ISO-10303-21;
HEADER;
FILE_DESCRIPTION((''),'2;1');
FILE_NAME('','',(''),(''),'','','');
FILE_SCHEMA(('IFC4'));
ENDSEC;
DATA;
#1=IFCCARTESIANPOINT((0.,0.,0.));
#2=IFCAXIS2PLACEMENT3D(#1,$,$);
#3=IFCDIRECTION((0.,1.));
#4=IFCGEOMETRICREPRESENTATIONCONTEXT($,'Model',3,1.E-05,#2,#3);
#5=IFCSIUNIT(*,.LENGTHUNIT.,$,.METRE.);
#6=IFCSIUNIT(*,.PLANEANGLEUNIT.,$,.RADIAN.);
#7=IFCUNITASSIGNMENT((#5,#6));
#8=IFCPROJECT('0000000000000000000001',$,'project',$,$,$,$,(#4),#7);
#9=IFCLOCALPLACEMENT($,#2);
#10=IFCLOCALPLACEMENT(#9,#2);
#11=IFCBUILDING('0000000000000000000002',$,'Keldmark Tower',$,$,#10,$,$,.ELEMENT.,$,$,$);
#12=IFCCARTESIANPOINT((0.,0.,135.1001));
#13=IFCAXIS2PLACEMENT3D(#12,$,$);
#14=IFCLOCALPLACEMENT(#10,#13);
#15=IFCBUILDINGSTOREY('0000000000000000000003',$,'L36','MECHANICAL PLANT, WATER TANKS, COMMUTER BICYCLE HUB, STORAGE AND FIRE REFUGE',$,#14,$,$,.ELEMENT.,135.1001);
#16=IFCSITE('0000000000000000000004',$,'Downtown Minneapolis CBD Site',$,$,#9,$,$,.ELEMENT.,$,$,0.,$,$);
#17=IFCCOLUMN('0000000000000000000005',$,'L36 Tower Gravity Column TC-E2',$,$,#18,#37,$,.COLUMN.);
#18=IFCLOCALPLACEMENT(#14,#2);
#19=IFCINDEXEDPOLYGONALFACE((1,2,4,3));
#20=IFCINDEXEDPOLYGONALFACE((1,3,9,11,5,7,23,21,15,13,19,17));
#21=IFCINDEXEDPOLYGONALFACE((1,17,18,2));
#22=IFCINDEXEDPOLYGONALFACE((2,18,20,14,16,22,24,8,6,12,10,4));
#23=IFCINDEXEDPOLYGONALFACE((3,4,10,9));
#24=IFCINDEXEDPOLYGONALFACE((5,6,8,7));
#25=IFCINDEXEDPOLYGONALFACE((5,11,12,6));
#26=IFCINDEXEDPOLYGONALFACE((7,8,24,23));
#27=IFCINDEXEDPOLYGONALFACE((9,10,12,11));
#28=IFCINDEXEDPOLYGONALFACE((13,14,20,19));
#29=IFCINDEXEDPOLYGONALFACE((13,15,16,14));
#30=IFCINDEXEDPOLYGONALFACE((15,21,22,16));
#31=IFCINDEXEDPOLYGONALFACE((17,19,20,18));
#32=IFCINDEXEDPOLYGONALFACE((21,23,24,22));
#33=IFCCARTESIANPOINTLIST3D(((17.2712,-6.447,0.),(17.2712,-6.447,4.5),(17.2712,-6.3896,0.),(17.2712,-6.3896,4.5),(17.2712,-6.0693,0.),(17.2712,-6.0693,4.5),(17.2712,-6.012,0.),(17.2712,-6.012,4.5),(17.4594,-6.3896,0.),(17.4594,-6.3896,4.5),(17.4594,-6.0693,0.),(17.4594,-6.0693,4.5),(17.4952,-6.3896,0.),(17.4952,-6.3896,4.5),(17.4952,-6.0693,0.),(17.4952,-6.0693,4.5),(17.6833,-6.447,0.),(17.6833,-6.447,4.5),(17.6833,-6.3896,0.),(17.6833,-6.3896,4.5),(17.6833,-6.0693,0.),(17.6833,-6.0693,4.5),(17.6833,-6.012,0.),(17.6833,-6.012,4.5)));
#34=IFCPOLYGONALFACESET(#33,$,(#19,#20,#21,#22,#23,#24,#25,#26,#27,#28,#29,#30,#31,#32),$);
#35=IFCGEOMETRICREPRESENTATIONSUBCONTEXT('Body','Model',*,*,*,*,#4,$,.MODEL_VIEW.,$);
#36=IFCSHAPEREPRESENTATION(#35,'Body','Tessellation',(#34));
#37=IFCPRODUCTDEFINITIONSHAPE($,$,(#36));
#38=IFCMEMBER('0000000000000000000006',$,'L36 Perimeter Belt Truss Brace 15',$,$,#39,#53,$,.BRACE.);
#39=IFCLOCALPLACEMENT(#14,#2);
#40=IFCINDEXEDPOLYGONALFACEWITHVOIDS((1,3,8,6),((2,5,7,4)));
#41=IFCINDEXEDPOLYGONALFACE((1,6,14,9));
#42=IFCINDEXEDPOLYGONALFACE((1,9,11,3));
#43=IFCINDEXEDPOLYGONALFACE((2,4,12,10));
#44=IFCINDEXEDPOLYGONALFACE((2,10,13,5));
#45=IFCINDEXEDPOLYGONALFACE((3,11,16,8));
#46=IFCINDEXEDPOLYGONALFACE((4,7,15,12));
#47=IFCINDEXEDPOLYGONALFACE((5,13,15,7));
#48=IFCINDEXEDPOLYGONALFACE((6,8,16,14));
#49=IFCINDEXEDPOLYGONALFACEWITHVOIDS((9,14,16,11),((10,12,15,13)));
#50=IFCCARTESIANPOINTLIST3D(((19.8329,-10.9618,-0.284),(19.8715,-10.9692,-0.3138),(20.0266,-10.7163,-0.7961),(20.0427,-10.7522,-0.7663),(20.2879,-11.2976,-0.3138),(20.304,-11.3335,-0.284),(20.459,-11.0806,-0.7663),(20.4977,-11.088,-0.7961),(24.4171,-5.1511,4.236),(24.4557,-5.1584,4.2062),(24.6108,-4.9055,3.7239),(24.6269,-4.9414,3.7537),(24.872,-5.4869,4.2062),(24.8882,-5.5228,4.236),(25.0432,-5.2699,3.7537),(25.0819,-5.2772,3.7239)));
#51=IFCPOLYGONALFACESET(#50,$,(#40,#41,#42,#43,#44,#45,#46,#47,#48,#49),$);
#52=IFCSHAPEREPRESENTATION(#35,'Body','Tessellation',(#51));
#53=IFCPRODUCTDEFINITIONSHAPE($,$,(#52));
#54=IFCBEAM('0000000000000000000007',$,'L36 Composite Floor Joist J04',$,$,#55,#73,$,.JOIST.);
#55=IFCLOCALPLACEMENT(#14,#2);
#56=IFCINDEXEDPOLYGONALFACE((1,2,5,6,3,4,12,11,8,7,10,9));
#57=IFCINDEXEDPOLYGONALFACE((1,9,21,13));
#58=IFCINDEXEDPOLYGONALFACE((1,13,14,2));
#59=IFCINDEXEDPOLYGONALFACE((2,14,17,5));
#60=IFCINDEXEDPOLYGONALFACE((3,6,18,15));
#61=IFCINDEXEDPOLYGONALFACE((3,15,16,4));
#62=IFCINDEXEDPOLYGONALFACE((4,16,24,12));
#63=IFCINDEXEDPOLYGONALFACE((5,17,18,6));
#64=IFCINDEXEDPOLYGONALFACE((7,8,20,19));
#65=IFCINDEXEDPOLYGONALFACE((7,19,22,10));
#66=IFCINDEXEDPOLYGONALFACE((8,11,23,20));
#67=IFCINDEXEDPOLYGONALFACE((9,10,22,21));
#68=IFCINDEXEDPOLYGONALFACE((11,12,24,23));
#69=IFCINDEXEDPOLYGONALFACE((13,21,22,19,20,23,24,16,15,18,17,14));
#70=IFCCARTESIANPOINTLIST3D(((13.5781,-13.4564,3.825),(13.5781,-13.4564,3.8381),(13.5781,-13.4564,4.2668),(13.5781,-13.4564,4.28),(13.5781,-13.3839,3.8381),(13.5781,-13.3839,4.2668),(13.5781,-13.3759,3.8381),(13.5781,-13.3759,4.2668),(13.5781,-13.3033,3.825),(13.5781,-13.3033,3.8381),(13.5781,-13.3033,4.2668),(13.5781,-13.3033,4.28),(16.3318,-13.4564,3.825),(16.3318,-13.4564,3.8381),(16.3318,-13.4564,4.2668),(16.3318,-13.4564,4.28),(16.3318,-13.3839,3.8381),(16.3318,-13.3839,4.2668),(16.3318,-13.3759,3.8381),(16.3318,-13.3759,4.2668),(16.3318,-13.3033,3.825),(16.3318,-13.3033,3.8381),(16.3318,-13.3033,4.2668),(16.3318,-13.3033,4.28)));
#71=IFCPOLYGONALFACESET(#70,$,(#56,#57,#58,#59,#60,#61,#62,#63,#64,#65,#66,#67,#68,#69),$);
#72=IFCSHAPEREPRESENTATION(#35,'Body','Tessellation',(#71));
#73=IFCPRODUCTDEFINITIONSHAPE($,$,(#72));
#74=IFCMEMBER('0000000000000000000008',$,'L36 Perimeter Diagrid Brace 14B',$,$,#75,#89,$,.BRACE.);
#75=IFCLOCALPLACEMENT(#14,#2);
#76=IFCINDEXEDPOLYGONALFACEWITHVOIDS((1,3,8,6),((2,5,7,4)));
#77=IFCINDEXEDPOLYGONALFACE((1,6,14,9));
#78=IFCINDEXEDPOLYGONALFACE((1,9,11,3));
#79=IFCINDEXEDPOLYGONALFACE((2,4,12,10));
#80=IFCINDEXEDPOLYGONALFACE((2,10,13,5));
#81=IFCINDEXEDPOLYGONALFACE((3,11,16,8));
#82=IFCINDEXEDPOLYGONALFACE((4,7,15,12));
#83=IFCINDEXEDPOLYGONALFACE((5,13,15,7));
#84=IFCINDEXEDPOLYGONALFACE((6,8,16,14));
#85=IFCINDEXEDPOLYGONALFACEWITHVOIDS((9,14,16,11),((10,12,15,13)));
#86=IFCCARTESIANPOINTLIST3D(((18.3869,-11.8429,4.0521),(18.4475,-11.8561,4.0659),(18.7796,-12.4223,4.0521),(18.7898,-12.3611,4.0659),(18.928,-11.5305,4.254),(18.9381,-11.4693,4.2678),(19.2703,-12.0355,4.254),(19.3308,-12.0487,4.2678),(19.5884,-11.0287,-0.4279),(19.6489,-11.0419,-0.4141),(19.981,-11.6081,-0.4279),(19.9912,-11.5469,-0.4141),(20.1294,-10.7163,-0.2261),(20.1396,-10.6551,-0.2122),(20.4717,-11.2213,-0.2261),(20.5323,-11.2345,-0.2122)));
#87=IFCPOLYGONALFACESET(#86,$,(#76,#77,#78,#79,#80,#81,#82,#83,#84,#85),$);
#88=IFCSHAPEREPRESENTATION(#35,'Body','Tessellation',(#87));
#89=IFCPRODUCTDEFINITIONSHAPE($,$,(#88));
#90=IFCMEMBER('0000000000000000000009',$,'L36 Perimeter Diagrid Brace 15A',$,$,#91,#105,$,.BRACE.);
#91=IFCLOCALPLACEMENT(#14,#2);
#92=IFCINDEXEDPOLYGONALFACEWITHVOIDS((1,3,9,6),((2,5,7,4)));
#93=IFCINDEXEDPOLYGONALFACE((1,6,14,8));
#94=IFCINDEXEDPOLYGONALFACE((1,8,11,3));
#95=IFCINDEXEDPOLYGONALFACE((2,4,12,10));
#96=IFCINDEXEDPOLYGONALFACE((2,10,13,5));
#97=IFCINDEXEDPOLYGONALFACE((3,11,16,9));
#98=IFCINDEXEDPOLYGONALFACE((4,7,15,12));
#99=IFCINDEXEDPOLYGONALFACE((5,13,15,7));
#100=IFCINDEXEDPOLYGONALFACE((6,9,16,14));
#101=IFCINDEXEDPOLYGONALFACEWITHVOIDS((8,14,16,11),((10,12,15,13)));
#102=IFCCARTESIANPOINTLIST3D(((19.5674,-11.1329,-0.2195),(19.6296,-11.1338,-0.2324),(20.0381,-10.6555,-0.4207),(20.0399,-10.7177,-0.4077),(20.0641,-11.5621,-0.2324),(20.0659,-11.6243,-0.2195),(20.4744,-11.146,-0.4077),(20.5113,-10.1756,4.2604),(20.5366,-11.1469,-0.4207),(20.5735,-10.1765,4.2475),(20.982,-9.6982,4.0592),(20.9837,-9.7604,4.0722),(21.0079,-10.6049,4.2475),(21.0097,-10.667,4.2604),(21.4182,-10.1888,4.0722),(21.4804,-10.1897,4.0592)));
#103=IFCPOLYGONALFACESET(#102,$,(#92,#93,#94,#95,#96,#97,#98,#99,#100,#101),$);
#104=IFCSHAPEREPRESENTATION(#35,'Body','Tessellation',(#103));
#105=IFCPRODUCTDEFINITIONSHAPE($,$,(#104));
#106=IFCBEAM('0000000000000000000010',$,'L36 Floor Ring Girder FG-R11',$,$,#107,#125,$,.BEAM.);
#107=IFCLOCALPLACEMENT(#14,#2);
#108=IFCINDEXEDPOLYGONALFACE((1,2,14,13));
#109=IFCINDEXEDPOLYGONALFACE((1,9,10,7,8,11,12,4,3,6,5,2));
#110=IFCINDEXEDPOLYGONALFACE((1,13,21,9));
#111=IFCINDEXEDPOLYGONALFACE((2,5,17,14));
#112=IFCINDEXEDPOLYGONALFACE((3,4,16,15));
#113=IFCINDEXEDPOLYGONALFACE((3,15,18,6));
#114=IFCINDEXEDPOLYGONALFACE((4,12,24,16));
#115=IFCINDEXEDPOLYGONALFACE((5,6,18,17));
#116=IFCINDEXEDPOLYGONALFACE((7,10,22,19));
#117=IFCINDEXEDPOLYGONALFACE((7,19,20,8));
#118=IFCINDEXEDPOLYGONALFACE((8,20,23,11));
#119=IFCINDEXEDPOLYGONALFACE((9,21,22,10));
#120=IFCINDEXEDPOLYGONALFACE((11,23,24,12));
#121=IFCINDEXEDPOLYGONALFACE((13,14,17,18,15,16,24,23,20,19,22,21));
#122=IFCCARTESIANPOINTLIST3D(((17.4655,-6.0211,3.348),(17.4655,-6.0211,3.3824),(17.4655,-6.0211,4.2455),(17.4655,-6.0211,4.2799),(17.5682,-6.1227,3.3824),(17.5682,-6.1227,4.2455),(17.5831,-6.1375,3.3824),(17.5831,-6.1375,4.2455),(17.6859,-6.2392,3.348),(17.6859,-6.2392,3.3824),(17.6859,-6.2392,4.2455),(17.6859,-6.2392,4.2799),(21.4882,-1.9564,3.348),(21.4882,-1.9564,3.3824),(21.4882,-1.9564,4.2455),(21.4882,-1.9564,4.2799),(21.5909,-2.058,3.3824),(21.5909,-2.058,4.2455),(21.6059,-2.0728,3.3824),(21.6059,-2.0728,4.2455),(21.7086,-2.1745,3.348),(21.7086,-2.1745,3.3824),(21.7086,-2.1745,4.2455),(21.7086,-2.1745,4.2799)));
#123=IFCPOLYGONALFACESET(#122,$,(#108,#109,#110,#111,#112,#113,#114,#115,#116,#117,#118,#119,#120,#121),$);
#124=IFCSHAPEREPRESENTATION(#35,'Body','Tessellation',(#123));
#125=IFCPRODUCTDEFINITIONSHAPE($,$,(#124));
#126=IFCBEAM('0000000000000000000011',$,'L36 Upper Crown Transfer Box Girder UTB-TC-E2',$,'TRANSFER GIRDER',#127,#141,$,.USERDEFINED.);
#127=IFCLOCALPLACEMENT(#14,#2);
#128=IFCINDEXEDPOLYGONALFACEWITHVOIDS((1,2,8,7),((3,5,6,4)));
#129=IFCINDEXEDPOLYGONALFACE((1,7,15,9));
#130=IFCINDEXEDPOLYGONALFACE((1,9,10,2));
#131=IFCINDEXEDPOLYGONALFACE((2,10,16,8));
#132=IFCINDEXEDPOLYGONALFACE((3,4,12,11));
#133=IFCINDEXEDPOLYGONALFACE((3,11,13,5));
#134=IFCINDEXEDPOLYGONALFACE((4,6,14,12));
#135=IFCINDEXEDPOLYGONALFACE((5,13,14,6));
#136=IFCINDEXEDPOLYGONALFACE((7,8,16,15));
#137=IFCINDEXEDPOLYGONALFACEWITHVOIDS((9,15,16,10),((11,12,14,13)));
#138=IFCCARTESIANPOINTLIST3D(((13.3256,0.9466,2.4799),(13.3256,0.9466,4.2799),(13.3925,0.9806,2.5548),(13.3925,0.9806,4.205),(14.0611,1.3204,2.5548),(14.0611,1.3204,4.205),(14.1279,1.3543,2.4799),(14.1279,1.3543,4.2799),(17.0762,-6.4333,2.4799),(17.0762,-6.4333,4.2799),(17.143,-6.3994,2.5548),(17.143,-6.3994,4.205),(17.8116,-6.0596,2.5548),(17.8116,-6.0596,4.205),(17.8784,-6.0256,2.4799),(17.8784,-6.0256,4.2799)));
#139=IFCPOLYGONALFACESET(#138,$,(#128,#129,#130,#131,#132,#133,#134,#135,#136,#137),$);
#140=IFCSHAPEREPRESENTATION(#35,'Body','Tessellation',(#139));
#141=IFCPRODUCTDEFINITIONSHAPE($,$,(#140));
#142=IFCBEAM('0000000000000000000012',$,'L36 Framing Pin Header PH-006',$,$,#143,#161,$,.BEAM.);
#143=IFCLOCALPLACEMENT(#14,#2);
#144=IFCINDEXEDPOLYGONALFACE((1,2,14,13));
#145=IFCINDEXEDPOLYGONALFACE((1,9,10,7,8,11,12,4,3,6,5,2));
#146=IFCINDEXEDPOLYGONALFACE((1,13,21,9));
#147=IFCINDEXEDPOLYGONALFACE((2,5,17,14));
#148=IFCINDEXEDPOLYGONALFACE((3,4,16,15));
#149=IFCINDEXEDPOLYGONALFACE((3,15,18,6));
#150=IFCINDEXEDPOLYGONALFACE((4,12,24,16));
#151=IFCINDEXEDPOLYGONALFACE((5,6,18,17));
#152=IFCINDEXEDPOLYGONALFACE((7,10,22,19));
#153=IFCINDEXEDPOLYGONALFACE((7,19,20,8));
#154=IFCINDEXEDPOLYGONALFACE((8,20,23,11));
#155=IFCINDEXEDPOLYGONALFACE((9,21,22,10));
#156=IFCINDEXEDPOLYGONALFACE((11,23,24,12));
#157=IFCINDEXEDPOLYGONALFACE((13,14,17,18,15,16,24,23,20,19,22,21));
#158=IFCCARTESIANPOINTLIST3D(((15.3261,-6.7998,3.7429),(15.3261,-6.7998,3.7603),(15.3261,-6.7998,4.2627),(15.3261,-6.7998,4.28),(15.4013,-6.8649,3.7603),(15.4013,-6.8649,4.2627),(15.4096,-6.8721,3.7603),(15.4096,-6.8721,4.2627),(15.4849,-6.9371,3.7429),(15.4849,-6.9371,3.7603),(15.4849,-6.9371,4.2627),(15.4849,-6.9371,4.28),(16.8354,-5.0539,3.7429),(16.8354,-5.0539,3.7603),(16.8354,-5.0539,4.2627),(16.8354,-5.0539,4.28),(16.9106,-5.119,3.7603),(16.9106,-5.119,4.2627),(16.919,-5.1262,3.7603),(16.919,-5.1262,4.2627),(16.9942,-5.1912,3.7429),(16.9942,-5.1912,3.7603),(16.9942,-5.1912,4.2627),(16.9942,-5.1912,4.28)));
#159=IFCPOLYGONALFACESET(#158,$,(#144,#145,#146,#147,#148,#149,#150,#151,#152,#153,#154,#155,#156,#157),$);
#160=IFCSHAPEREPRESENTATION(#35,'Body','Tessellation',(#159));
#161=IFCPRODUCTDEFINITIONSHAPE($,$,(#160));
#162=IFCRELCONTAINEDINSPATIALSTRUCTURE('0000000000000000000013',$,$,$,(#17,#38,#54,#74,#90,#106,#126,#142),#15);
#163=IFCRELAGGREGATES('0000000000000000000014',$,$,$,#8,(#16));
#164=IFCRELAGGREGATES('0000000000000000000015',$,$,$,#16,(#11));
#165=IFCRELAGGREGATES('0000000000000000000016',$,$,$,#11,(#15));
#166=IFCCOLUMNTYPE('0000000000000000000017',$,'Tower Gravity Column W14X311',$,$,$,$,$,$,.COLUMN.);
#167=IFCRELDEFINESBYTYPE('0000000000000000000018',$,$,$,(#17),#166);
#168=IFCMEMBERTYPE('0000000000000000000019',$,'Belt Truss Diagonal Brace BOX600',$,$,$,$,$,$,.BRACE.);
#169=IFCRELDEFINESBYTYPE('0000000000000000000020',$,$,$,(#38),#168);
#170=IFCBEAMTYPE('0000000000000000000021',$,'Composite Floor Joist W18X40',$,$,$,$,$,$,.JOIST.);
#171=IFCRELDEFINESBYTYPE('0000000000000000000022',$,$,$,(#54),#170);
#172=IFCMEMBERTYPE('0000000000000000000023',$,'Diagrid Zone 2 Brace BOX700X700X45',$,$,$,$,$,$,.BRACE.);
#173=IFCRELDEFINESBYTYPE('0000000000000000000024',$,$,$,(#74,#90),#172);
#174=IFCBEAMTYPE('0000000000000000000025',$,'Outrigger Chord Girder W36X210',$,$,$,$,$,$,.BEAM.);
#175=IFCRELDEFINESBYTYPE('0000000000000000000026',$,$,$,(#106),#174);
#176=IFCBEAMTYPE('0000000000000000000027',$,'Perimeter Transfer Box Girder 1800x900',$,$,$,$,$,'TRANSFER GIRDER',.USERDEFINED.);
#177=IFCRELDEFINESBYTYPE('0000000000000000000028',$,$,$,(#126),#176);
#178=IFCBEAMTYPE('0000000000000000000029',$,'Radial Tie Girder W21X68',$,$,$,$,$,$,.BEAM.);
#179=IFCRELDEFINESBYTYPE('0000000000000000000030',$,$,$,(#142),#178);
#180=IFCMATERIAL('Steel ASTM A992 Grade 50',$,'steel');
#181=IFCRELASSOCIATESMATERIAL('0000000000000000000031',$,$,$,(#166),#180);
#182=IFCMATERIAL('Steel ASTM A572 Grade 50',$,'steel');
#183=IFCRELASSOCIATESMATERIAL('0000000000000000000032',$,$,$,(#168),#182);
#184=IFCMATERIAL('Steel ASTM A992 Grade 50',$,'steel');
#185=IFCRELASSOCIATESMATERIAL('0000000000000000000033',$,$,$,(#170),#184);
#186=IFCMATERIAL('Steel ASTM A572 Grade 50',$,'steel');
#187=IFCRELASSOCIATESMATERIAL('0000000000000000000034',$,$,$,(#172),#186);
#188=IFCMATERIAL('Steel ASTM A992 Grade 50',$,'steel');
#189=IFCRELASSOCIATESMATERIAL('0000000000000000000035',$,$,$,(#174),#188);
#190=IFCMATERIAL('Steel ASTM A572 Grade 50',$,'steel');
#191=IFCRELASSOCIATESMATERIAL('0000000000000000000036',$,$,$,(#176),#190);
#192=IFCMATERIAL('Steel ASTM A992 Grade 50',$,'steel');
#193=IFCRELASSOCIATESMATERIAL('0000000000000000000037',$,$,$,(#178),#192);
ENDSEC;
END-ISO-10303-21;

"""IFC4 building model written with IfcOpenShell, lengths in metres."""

from ifc_helpers import new_model, si_unit, direction, frame, origin, origin_2d, place, context, subcontext, project, spatial, hollow_rectangle, i_section, extrude, material, material_profile, profile_set, type_object, element, save


model = new_model("IFC4")

# Units and contexts
model_context = context("Model", 3, precision=1e-05, world=origin(), true_north=direction((0.0, 1.0)))
body_context = subcontext(model_context, "Body", "Model", "MODEL_VIEW")
ifc_project = project(units=[si_unit("LENGTHUNIT", "METRE"), si_unit("PLANEANGLEUNIT", "RADIAN")], contexts=[model_context])

# Site, building, storey
site_placement = place(None, origin())
site = spatial("IfcSite", under=ifc_project, at=site_placement, Name="Downtown Minneapolis CBD Site", CompositionType="ELEMENT", RefElevation=0.0)
building_placement = place(site_placement, origin())
building = spatial("IfcBuilding", under=site, at=building_placement, Name="Keldmark Tower", CompositionType="ELEMENT")
storey_placement = place(building_placement, frame((0.0, 0.0, 135.1001)))
storey = spatial("IfcBuildingStorey", under=building, at=storey_placement, Name="L36", Description="MECHANICAL PLANT, WATER TANKS, COMMUTER BICYCLE HUB, STORAGE AND FIRE REFUGE", CompositionType="ELEMENT", Elevation=135.1001)

# Column
ifc_material_1 = material(Name="Steel ASTM A992 Grade 50", Category="steel")
ifc_material_profile_1 = material_profile(ifc_material_1, i_section(OverallWidth=0.4121, OverallDepth=0.4351, WebThickness=0.0359, FlangeThickness=0.0574, at=origin_2d()), Name="W14X311")
ifc_profile_set_1 = profile_set([ifc_material_profile_1], Name="Steel ASTM A992 Grade 50")
column_type = type_object("IfcColumnType", Name="Tower Gravity Column W14X311", PredefinedType="COLUMN", material=ifc_profile_set_1)
column_placement = place(storey_placement, frame((17.4773, -6.2295, 0.0), z_axis=(0.0, 0.0, 1.0), x_axis=(1.0, 0.0, 0.0)))
element("IfcColumn", 1, at=column_placement, inside=storey, type_object=column_type, Name="L36 Tower Gravity Column TC-E2", PredefinedType="COLUMN", context=body_context, shape_type="SweptSolid", body=[
    extrude(i_section(OverallWidth=0.4121, OverallDepth=0.4351, WebThickness=0.0359, FlangeThickness=0.0574, at=origin_2d()), origin(), (0.0, 0.0, 1.0), 4.5),
])

# Member
ifc_material_2 = material(Name="Steel ASTM A572 Grade 50", Category="steel")
ifc_material_profile_2 = material_profile(ifc_material_2, hollow_rectangle(XDim=0.6001, YDim=0.6001, WallThickness=0.0349, at=origin_2d()), Name="BOX600X600X35")
ifc_profile_set_2 = profile_set([ifc_material_profile_2], Name="Steel ASTM A572 Grade 50")
member_type_1 = type_object("IfcMemberType", Name="Belt Truss Diagonal Brace BOX600", PredefinedType="BRACE", material=ifc_profile_set_2)
member_1_placement = place(storey_placement, frame((20.1653, -11.0249, -0.54), z_axis=(0.528598, 0.67003, 0.521194), x_axis=(-0.785095, 0.619375, 0.0)))
element("IfcMember", 2, at=member_1_placement, inside=storey, type_object=member_type_1, Name="L36 Perimeter Belt Truss Brace 15", PredefinedType="BRACE", context=body_context, shape_type="SweptSolid", body=[
    extrude(hollow_rectangle(XDim=0.6001, YDim=0.6001, WallThickness=0.0349, at=origin_2d()), origin(), (0.0, 0.0, 1.0), 8.6724),
])

# Beam
ifc_material_3 = material(Name="Steel ASTM A992 Grade 50", Category="steel")
ifc_material_profile_3 = material_profile(ifc_material_3, i_section(OverallWidth=0.1531, OverallDepth=0.4551, WebThickness=0.0081, FlangeThickness=0.0132, at=origin_2d()), Name="W18X40")
ifc_profile_set_3 = profile_set([ifc_material_profile_3], Name="Steel ASTM A992 Grade 50")
beam_type_1 = type_object("IfcBeamType", Name="Composite Floor Joist W18X40", PredefinedType="JOIST", material=ifc_profile_set_3)
beam_1_placement = place(storey_placement, frame((13.5781, -13.3799, 4.0525), z_axis=(1.0, 0.0, 0.0), x_axis=(0.0, 1.0, 0.0)))
element("IfcBeam", 3, at=beam_1_placement, inside=storey, type_object=beam_type_1, Name="L36 Composite Floor Joist J04", PredefinedType="JOIST", context=body_context, shape_type="SweptSolid", body=[
    extrude(i_section(OverallWidth=0.1531, OverallDepth=0.4551, WebThickness=0.0081, FlangeThickness=0.0132, at=origin_2d()), origin(), (0.0, 0.0, 1.0), 2.7537),
])

# Members
ifc_material_4 = material(Name="Steel ASTM A572 Grade 50", Category="steel")
ifc_material_profile_4 = material_profile(ifc_material_4, hollow_rectangle(XDim=0.7, YDim=0.7, WallThickness=0.0449, at=origin_2d()), Name="BOX700X700X45")
ifc_profile_set_4 = profile_set([ifc_material_profile_4], Name="Steel ASTM A572 Grade 50")
member_type_2 = type_object("IfcMemberType", Name="Diagrid Zone 2 Brace BOX700X700X45", PredefinedType="BRACE", material=ifc_profile_set_4)
member_2_placement = place(storey_placement, frame((20.0603, -11.1316, -0.3201), z_axis=(-0.255121, -0.172898, 0.951325), x_axis=(0.561012, -0.827808, 0.0)))
element("IfcMember", 4, at=member_2_placement, inside=storey, type_object=member_type_2, Name="L36 Perimeter Diagrid Brace 14B", PredefinedType="BRACE", context=body_context, shape_type="SweptSolid", body=[
    extrude(hollow_rectangle(XDim=0.7, YDim=0.7, WallThickness=0.0449, at=origin_2d()), origin(), (0.0, 0.0, 1.0), 4.7092),
])
member_3_placement = place(storey_placement, frame((20.052, -11.1399, -0.3201), z_axis=(0.201792, 0.204663, 0.957806), x_axis=(-0.712083, 0.702095, 0.0)))
element("IfcMember", 5, at=member_3_placement, inside=storey, type_object=member_type_2, Name="L36 Perimeter Diagrid Brace 15A", PredefinedType="BRACE", context=body_context, shape_type="SweptSolid", body=[
    extrude(hollow_rectangle(XDim=0.7, YDim=0.7, WallThickness=0.0449, at=origin_2d()), origin(), (0.0, 0.0, 1.0), 4.6772),
])

# Beams
ifc_material_5 = material(Name="Steel ASTM A992 Grade 50", Category="steel")
ifc_material_profile_5 = material_profile(ifc_material_5, i_section(OverallWidth=0.3101, OverallDepth=0.9319, WebThickness=0.021, FlangeThickness=0.0344, at=origin_2d()), Name="W36X210")
ifc_profile_set_5 = profile_set([ifc_material_profile_5], Name="Steel ASTM A992 Grade 50")
beam_type_2 = type_object("IfcBeamType", Name="Outrigger Chord Girder W36X210", PredefinedType="BEAM", material=ifc_profile_set_5)
beam_2_placement = place(storey_placement, frame((17.5757, -6.1301, 3.814), z_axis=(0.703426, 0.710769, 0.0), x_axis=(-0.710769, 0.703426, 0.0)))
element("IfcBeam", 6, at=beam_2_placement, inside=storey, type_object=beam_type_2, Name="L36 Floor Ring Girder FG-R11", PredefinedType="BEAM", context=body_context, shape_type="SweptSolid", body=[
    extrude(i_section(OverallWidth=0.3101, OverallDepth=0.9319, WebThickness=0.021, FlangeThickness=0.0344, at=origin_2d()), origin(), (0.0, 0.0, 1.0), 5.7188),
])
ifc_material_6 = material(Name="Steel ASTM A572 Grade 50", Category="steel")
ifc_material_profile_6 = material_profile(ifc_material_6, hollow_rectangle(XDim=0.8999, YDim=1.8, WallThickness=0.075, at=origin_2d()), Name="TBOX1800X900X75")
ifc_profile_set_6 = profile_set([ifc_material_profile_6], Name="Steel ASTM A572 Grade 50")
beam_type_3 = type_object("IfcBeamType", Name="Perimeter Transfer Box Girder 1800x900", ElementType="TRANSFER GIRDER", PredefinedType="USERDEFINED", material=ifc_profile_set_6)
beam_3_placement = place(storey_placement, frame((17.4773, -6.2295, 3.3799), z_axis=(-0.453055, 0.891482, 0.0), x_axis=(-0.891482, -0.453055, 0.0)))
element("IfcBeam", 7, at=beam_3_placement, inside=storey, type_object=beam_type_3, Name="L36 Upper Crown Transfer Box Girder UTB-TC-E2", ObjectType="TRANSFER GIRDER", PredefinedType="USERDEFINED", context=body_context, shape_type="SweptSolid", body=[
    extrude(hollow_rectangle(XDim=0.8999, YDim=1.8, WallThickness=0.075, at=origin_2d()), origin(), (0.0, 0.0, 1.0), 8.2783),
])
ifc_material_7 = material(Name="Steel ASTM A992 Grade 50", Category="steel")
ifc_material_profile_7 = material_profile(ifc_material_7, i_section(OverallWidth=0.21, OverallDepth=0.5371, WebThickness=0.011, FlangeThickness=0.0173, at=origin_2d()), Name="W21X68")
ifc_profile_set_7 = profile_set([ifc_material_profile_7], Name="Steel ASTM A992 Grade 50")
beam_type_4 = type_object("IfcBeamType", Name="Radial Tie Girder W21X68", PredefinedType="BEAM", material=ifc_profile_set_7)
beam_4_placement = place(storey_placement, frame((16.9148, -5.1226, 4.0115), z_axis=(-0.653992, -0.756502, 0.0), x_axis=(0.756502, -0.653992, 0.0)))
element("IfcBeam", 8, at=beam_4_placement, inside=storey, type_object=beam_type_4, Name="L36 Framing Pin Header PH-006", PredefinedType="BEAM", context=body_context, shape_type="SweptSolid", body=[
    extrude(i_section(OverallWidth=0.21, OverallDepth=0.5371, WebThickness=0.011, FlangeThickness=0.0173, at=origin_2d()), origin(), (0.0, 0.0, 1.0), 2.3079),
])

save(model, "model.ifc")
